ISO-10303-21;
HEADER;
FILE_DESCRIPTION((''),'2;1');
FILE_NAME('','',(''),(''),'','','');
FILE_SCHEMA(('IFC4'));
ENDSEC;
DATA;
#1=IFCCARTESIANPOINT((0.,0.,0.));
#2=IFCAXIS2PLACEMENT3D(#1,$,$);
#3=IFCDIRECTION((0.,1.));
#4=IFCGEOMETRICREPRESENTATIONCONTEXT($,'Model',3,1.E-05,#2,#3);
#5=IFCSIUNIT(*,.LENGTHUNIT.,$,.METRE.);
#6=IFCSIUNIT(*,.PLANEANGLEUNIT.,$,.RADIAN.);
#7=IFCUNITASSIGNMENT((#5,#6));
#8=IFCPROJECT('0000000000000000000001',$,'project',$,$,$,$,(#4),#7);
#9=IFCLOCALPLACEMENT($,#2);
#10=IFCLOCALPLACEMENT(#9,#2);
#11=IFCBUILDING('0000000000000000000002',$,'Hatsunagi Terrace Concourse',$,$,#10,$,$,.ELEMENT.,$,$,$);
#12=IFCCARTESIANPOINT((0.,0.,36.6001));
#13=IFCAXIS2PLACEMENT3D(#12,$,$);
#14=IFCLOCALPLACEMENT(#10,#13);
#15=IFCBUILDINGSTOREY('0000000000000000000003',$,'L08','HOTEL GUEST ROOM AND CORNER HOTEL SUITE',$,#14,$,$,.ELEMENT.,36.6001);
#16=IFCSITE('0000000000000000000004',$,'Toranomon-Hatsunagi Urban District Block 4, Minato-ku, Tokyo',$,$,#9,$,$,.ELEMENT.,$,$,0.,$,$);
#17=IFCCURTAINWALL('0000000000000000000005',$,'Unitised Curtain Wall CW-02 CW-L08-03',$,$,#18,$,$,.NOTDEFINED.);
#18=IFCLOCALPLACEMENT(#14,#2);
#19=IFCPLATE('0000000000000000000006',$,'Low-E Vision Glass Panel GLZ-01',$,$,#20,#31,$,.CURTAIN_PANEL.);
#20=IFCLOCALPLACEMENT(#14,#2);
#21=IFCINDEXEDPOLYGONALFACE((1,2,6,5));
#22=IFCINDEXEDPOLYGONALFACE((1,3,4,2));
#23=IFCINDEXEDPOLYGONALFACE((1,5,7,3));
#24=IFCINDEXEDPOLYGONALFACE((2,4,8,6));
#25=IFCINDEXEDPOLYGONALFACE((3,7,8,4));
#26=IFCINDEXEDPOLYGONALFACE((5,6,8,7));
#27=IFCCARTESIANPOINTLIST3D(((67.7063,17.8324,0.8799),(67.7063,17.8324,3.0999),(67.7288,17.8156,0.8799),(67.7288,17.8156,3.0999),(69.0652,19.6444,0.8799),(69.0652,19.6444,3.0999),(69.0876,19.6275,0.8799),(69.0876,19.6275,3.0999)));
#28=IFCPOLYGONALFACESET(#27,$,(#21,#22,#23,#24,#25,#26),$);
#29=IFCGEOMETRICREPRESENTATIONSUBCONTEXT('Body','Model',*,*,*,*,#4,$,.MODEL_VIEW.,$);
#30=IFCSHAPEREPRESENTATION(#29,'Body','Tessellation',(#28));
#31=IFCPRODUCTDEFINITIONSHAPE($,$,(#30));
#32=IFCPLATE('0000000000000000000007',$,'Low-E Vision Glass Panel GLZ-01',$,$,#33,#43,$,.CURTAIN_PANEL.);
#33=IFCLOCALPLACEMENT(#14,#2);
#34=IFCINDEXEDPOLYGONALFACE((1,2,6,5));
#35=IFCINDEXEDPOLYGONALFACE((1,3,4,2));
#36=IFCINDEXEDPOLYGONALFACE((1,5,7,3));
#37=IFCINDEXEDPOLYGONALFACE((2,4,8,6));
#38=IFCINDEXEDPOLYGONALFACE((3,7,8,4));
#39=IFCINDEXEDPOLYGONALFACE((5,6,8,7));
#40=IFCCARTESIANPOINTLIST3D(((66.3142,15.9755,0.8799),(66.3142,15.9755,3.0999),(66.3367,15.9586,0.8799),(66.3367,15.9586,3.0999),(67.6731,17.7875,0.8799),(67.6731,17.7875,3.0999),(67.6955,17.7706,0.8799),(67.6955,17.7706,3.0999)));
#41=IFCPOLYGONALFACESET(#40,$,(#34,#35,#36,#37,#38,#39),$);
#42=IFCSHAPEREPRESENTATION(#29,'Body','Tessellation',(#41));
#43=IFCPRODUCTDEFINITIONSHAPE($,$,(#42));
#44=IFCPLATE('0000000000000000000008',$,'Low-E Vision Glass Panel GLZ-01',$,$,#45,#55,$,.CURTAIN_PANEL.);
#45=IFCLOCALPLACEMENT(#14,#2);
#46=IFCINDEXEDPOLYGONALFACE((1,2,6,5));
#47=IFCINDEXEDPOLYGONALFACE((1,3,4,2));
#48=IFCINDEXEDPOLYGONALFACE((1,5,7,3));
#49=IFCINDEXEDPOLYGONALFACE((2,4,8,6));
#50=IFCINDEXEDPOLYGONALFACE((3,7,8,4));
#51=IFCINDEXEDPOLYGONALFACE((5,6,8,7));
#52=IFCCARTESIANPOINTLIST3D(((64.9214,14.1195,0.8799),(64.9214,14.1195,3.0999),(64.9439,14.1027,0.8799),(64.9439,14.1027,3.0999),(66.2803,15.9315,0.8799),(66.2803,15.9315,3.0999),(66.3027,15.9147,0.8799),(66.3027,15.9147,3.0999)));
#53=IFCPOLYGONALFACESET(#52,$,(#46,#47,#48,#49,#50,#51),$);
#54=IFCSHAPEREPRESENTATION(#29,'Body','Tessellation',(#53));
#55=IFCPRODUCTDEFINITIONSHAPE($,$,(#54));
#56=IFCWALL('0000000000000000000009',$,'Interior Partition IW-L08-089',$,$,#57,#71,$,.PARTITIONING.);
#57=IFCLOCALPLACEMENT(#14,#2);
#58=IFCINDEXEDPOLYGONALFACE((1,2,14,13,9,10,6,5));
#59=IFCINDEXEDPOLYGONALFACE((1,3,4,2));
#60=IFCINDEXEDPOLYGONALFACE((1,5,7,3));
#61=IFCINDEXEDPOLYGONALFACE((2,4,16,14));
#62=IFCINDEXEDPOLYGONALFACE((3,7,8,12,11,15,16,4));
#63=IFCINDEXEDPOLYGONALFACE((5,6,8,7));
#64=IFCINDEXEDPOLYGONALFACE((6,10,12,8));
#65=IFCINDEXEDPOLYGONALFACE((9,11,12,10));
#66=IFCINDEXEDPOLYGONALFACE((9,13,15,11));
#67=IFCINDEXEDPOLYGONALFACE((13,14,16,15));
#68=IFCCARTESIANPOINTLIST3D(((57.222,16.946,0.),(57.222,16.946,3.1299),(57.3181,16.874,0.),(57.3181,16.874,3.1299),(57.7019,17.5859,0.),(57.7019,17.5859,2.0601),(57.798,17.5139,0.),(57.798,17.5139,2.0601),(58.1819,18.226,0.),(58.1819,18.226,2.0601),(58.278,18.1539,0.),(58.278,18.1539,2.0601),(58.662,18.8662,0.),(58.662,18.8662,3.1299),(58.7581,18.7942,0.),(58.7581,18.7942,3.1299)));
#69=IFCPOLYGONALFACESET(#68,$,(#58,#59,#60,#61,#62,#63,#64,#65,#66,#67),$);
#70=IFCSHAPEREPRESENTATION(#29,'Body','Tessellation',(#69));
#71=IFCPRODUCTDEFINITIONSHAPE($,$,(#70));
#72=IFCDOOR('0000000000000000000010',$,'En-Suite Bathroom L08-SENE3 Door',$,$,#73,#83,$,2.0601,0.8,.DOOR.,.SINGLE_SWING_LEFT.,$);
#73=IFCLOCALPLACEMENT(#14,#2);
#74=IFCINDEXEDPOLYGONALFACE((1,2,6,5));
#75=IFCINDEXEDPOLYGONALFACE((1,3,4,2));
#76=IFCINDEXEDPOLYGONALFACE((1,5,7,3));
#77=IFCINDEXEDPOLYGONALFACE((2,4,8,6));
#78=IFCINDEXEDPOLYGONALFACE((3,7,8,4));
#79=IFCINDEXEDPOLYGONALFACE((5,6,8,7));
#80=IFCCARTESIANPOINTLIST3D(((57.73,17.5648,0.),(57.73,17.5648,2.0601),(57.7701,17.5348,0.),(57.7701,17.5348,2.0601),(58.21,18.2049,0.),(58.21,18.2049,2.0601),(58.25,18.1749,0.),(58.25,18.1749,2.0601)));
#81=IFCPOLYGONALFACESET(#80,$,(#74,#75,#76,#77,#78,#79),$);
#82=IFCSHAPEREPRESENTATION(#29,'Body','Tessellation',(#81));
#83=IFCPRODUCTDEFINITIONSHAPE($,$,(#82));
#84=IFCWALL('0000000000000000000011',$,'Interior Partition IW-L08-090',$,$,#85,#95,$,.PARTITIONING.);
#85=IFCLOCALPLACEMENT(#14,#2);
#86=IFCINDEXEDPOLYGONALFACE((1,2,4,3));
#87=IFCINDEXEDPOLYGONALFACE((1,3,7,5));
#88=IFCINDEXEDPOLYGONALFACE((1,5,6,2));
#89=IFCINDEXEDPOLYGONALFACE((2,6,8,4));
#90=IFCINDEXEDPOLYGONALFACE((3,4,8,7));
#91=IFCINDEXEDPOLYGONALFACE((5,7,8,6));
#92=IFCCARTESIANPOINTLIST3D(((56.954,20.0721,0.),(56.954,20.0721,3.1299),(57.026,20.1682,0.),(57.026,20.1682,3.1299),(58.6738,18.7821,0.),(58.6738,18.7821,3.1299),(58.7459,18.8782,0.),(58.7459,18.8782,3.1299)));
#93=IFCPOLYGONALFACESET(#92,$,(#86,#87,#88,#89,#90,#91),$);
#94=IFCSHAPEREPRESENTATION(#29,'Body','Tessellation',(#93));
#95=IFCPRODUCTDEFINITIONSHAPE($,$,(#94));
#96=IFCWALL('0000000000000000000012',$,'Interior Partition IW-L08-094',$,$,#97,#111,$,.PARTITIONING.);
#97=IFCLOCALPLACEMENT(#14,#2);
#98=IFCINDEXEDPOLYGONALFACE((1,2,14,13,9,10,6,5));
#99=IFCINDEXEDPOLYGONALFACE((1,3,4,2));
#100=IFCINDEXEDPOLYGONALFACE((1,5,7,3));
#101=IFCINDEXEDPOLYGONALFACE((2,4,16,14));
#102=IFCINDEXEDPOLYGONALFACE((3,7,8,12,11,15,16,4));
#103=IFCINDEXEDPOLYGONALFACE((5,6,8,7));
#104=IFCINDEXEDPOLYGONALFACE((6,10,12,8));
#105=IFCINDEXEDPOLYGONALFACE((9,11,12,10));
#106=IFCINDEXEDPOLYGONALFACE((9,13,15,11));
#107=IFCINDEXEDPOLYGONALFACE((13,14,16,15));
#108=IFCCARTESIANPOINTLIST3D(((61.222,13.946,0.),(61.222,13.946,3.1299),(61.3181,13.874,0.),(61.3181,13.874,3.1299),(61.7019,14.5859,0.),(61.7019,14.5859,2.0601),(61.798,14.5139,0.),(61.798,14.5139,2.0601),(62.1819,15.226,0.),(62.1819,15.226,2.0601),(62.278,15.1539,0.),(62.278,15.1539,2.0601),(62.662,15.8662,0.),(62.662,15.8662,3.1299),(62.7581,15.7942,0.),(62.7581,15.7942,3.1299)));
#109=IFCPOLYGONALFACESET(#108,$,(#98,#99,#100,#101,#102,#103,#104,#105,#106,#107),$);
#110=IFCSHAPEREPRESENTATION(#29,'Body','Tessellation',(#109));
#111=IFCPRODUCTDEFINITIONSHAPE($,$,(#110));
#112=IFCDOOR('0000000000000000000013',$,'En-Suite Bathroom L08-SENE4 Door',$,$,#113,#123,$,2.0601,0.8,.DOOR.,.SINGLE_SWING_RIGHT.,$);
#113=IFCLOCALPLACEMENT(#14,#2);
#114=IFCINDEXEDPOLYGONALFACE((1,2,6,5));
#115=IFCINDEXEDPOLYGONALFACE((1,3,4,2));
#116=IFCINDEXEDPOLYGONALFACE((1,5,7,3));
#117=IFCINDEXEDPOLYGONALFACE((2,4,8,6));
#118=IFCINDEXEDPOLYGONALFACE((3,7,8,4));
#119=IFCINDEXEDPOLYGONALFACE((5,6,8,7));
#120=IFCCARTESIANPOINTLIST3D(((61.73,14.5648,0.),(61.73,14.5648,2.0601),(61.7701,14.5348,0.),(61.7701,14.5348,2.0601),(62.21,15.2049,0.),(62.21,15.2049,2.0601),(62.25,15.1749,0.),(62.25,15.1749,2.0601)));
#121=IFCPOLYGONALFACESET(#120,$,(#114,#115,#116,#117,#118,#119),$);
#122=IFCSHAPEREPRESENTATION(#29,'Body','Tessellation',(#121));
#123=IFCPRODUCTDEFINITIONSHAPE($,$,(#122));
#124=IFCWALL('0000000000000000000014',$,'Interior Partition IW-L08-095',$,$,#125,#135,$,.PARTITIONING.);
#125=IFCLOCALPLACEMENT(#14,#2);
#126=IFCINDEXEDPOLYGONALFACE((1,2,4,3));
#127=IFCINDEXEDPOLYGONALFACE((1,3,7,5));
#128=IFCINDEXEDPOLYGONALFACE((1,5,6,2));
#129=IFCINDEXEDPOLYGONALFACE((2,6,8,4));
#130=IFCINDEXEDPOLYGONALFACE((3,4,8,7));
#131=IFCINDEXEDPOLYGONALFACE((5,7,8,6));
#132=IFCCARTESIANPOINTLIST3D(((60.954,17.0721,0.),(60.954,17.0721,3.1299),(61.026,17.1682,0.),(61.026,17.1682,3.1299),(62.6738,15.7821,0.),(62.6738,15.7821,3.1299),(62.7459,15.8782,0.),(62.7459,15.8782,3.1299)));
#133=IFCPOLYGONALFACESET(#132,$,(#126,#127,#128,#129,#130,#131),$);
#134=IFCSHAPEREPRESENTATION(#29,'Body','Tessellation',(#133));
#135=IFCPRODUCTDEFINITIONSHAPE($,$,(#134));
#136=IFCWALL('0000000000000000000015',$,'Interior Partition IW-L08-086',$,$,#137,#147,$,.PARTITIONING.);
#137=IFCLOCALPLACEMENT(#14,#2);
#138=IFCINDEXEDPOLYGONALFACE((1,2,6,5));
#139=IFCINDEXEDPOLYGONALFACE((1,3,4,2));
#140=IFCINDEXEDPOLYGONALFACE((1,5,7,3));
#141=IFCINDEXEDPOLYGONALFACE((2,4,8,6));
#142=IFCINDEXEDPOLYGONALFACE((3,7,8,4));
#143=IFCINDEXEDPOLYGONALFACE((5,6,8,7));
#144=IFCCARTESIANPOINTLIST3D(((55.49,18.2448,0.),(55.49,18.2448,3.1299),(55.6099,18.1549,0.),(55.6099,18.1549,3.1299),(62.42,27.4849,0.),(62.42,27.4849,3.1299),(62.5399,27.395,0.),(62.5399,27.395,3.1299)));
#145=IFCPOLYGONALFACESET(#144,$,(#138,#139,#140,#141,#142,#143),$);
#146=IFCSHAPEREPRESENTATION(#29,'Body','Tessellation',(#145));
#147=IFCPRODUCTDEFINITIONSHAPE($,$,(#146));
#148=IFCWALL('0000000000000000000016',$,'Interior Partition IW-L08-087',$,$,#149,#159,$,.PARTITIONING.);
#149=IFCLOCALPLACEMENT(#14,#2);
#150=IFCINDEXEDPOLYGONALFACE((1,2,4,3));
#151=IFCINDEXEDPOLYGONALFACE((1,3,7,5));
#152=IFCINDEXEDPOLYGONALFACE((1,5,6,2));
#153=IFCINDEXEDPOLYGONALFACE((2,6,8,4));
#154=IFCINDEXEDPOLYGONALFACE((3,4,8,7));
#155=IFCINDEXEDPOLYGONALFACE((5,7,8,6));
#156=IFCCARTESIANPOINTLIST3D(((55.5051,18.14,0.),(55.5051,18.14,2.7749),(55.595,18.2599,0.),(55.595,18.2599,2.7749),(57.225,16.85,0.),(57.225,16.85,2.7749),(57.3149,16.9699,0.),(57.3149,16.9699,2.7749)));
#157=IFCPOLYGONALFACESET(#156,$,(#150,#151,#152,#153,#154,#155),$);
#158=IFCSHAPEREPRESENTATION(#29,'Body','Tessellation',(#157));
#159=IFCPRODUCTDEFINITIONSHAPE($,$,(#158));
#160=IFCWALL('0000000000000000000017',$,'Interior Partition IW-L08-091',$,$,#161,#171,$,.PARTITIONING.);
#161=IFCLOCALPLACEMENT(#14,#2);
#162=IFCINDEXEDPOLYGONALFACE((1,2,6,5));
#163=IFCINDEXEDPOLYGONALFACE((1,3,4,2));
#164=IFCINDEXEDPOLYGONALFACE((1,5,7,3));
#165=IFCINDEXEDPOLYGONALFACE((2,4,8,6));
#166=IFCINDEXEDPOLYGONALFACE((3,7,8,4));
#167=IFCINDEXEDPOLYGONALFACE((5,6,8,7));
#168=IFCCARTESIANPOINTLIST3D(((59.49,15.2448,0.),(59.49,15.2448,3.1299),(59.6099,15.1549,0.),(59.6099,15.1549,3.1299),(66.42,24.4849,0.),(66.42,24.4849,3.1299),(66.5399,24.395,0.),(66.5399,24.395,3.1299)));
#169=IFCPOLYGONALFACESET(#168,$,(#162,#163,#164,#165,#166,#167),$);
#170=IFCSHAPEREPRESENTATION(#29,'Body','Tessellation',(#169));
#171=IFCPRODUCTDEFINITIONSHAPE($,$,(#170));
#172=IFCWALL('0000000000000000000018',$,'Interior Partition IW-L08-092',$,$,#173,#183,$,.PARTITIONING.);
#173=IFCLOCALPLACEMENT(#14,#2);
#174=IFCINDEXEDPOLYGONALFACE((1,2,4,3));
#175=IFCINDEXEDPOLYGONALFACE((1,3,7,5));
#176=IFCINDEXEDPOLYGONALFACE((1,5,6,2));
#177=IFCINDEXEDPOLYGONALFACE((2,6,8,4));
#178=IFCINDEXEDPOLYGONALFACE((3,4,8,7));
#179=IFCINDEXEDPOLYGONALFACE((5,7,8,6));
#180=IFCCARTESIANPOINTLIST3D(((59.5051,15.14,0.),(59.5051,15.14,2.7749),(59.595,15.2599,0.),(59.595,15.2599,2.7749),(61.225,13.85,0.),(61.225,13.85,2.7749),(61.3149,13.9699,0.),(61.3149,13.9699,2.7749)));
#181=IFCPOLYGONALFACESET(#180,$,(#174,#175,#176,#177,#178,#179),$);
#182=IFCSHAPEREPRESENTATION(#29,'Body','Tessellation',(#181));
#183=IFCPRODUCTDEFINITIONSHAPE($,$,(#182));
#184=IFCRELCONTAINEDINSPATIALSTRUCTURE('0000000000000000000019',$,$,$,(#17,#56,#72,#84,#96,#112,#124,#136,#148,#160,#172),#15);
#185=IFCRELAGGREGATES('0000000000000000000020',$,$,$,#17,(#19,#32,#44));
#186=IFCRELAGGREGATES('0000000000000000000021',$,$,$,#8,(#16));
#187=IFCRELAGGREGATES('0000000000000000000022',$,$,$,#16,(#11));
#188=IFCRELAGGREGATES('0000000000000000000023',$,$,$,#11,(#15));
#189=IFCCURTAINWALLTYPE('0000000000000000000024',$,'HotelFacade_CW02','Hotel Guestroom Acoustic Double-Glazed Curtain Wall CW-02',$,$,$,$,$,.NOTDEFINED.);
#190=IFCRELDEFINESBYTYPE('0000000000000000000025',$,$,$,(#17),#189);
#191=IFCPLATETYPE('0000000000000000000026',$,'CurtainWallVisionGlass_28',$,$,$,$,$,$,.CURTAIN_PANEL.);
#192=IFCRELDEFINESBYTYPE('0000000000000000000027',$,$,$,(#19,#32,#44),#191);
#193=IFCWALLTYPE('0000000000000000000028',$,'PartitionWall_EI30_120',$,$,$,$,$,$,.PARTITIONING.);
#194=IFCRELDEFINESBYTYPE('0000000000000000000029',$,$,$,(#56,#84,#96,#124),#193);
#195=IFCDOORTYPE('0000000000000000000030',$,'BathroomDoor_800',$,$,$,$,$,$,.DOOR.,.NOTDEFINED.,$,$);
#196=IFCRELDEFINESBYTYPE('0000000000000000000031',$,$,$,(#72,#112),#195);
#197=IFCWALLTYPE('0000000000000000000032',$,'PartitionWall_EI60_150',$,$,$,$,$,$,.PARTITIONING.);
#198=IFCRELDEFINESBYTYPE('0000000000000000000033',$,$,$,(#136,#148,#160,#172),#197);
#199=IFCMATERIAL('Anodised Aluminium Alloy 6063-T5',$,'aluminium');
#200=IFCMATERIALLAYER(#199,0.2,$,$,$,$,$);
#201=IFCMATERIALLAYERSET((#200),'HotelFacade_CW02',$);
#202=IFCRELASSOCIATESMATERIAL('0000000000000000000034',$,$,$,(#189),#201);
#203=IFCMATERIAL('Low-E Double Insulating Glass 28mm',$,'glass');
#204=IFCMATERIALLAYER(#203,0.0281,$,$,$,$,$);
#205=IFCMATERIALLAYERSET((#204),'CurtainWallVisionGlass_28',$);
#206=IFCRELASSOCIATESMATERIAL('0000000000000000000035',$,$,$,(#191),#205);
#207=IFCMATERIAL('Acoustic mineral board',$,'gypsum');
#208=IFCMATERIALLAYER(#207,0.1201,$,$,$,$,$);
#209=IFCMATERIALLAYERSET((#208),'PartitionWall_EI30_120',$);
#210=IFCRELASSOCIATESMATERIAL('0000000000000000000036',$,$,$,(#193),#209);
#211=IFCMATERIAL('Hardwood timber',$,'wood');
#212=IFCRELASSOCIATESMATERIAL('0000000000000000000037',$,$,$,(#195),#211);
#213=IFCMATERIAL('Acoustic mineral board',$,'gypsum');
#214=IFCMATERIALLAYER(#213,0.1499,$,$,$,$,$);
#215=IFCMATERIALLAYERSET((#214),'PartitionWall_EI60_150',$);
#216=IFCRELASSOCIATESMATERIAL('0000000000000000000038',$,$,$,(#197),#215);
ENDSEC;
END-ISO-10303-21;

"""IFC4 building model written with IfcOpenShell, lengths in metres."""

from ifc_helpers import new_model, si_unit, direction, frame, frame_2d, origin, origin_2d, place, context, subcontext, project, spatial, rectangle, extrude, material, layer, layer_set, type_object, element, fill, aggregate, save


model = new_model("IFC4")

# Units and contexts
model_context = context("Model", 3, precision=1e-05, world=origin(), true_north=direction((0.0, 1.0)))
body_context = subcontext(model_context, "Body", "Model", "MODEL_VIEW")
ifc_project = project(units=[si_unit("LENGTHUNIT", "METRE"), si_unit("PLANEANGLEUNIT", "RADIAN")], contexts=[model_context])

# Site, building, storey
site_placement = place(None, origin())
site = spatial("IfcSite", under=ifc_project, at=site_placement, Name="Toranomon-Hatsunagi Urban District Block 4, Minato-ku, Tokyo", CompositionType="ELEMENT", RefElevation=0.0)
building_placement = place(site_placement, origin())
building = spatial("IfcBuilding", under=site, at=building_placement, Name="Hatsunagi Terrace Concourse", CompositionType="ELEMENT")
storey_placement = place(building_placement, frame((0.0, 0.0, 36.6001)))
storey = spatial("IfcBuildingStorey", under=building, at=storey_placement, Name="L08", Description="HOTEL GUEST ROOM AND CORNER HOTEL SUITE", CompositionType="ELEMENT", Elevation=36.6001)

# Curtain wall, plates
ifc_material_1 = material(Name="Anodised Aluminium Alloy 6063-T5", Category="aluminium")
ifc_layer_1 = layer(ifc_material_1, 0.2)
ifc_layer_set_1 = layer_set([ifc_layer_1], Name="HotelFacade_CW02")
curtain_wall_type = type_object("IfcCurtainWallType", Name="HotelFacade_CW02", Description="Hotel Guestroom Acoustic Double-Glazed Curtain Wall CW-02", PredefinedType="NOTDEFINED", material=ifc_layer_set_1)
curtain_wall_placement = place(storey_placement, origin())
curtain_wall = element("IfcCurtainWall", 1, at=curtain_wall_placement, inside=storey, type_object=curtain_wall_type, Name="Unitised Curtain Wall CW-02 CW-L08-03", PredefinedType="NOTDEFINED")
ifc_material_2 = material(Name="Low-E Double Insulating Glass 28mm", Category="glass")
ifc_layer_2 = layer(ifc_material_2, 0.0281)
ifc_layer_set_2 = layer_set([ifc_layer_2], Name="CurtainWallVisionGlass_28")
plate_type_1 = type_object("IfcPlateType", Name="CurtainWallVisionGlass_28", PredefinedType="CURTAIN_PANEL", material=ifc_layer_set_2)
plate_1_placement = place(storey_placement, frame((68.397, 18.73, 0.8799), z_axis=(0.0, 0.0, 1.0), x_axis=(-0.599969, -0.800023, 0.0)))
plate_1 = element("IfcPlate", 2, at=plate_1_placement, type_object=plate_type_1, Name="Low-E Vision Glass Panel GLZ-01", PredefinedType="CURTAIN_PANEL", context=body_context, shape_type="SweptSolid", body=[
    extrude(rectangle(XDim=2.2649, YDim=0.0281, at=origin_2d()), origin(), (0.0, 0.0, 1.0), 2.22),
])
plate_2_placement = place(storey_placement, frame((67.0049, 16.873, 0.8799), z_axis=(0.0, 0.0, 1.0), x_axis=(-0.599969, -0.800023, 0.0)))
plate_2 = element("IfcPlate", 3, at=plate_2_placement, type_object=plate_type_1, Name="Low-E Vision Glass Panel GLZ-01", PredefinedType="CURTAIN_PANEL", context=body_context, shape_type="SweptSolid", body=[
    extrude(rectangle(XDim=2.2649, YDim=0.0281, at=origin_2d()), origin(), (0.0, 0.0, 1.0), 2.22),
])
plate_3_placement = place(storey_placement, frame((65.6121, 15.0171, 0.8799), z_axis=(0.0, 0.0, 1.0), x_axis=(-0.599969, -0.800023, 0.0)))
plate_3 = element("IfcPlate", 4, at=plate_3_placement, type_object=plate_type_1, Name="Low-E Vision Glass Panel GLZ-01", PredefinedType="CURTAIN_PANEL", context=body_context, shape_type="SweptSolid", body=[
    extrude(rectangle(XDim=2.2649, YDim=0.0281, at=origin_2d()), origin(), (0.0, 0.0, 1.0), 2.22),
])
aggregate(curtain_wall, [plate_1, plate_2, plate_3])

# Wall, opening, door
ifc_material_3 = material(Name="Acoustic mineral board", Category="gypsum")
ifc_layer_3 = layer(ifc_material_3, 0.1201)
ifc_layer_set_3 = layer_set([ifc_layer_3], Name="PartitionWall_EI30_120")
wall_type_1 = type_object("IfcWallType", Name="PartitionWall_EI30_120", PredefinedType="PARTITIONING", material=ifc_layer_set_3)
wall_1_placement = place(storey_placement, frame((57.27, 16.9099, 0.0), z_axis=(0.0, 0.0, 1.0), x_axis=(0.599951, 0.800037, 0.0)))
wall_1 = element("IfcWall", 5, at=wall_1_placement, inside=storey, type_object=wall_type_1, Name="Interior Partition IW-L08-089", PredefinedType="PARTITIONING", context=body_context, shape_type="SweptSolid", body=[
    extrude(rectangle(XDim=2.4001, YDim=0.1201, at=frame_2d((1.2002, 0.0))), origin(), (0.0, 0.0, 1.0), 3.1299),
])
opening_1_placement = place(wall_1_placement, frame((0.8, 0.0, 0.0)))
opening_1 = element("IfcOpeningElement", 6, at=opening_1_placement, cuts=wall_1, PredefinedType="OPENING", context=body_context, shape_type="SweptSolid", body=[
    extrude(rectangle(XDim=0.8, YDim=2.0601, at=frame_2d((0.3999, 1.03))), frame((0.0, 0.0701, 0.0), z_axis=(0.0, -1.0, 0.0), x_axis=(1.0, 0.0, 0.0)), (0.0, 0.0, 1.0), 0.1401),
])
ifc_material_4 = material(Name="Hardwood timber", Category="wood")
door_type_1 = type_object("IfcDoorType", Name="BathroomDoor_800", OperationType="NOTDEFINED", PredefinedType="DOOR", material=ifc_material_4)
door_1_placement = place(opening_1_placement, origin())
door_1 = element("IfcDoor", 7, at=door_1_placement, inside=storey, type_object=door_type_1, Name="En-Suite Bathroom L08-SENE3 Door", OperationType="SINGLE_SWING_LEFT", OverallHeight=2.0601, OverallWidth=0.8, PredefinedType="DOOR", context=body_context, shape_type="SweptSolid", body=[
    extrude(rectangle(XDim=0.8, YDim=2.0601, at=frame_2d((0.3999, 1.03))), frame((0.0, 0.0249, 0.0), z_axis=(0.0, -1.0, 0.0), x_axis=(1.0, 0.0, 0.0)), (0.0, 0.0, 1.0), 0.05),
])
fill(opening_1, door_1)

# Wall
wall_2_placement = place(storey_placement, frame((56.99, 20.1201, 0.0), z_axis=(0.0, 0.0, 1.0), x_axis=(0.799986, -0.600018, 0.0)))
element("IfcWall", 8, at=wall_2_placement, inside=storey, type_object=wall_type_1, Name="Interior Partition IW-L08-090", PredefinedType="PARTITIONING", context=body_context, shape_type="SweptSolid", body=[
    extrude(rectangle(XDim=2.1499, YDim=0.1201, at=frame_2d((1.075, 0.0))), origin(), (0.0, 0.0, 1.0), 3.1299),
])

# Wall, opening, door
wall_3_placement = place(storey_placement, frame((61.27, 13.9099, 0.0), z_axis=(0.0, 0.0, 1.0), x_axis=(0.599951, 0.800037, 0.0)))
wall_3 = element("IfcWall", 9, at=wall_3_placement, inside=storey, type_object=wall_type_1, Name="Interior Partition IW-L08-094", PredefinedType="PARTITIONING", context=body_context, shape_type="SweptSolid", body=[
    extrude(rectangle(XDim=2.4001, YDim=0.1201, at=frame_2d((1.2002, 0.0))), origin(), (0.0, 0.0, 1.0), 3.1299),
])
opening_2_placement = place(wall_3_placement, frame((0.8, 0.0, 0.0)))
opening_2 = element("IfcOpeningElement", 10, at=opening_2_placement, cuts=wall_3, PredefinedType="OPENING", context=body_context, shape_type="SweptSolid", body=[
    extrude(rectangle(XDim=0.8, YDim=2.0601, at=frame_2d((0.3999, 1.03))), frame((0.0, 0.0701, 0.0), z_axis=(0.0, -1.0, 0.0), x_axis=(1.0, 0.0, 0.0)), (0.0, 0.0, 1.0), 0.1401),
])
door_2_placement = place(opening_2_placement, origin())
door_2 = element("IfcDoor", 11, at=door_2_placement, inside=storey, type_object=door_type_1, Name="En-Suite Bathroom L08-SENE4 Door", OperationType="SINGLE_SWING_RIGHT", OverallHeight=2.0601, OverallWidth=0.8, PredefinedType="DOOR", context=body_context, shape_type="SweptSolid", body=[
    extrude(rectangle(XDim=0.8, YDim=2.0601, at=frame_2d((0.3999, 1.03))), frame((0.0, 0.0249, 0.0), z_axis=(0.0, -1.0, 0.0), x_axis=(1.0, 0.0, 0.0)), (0.0, 0.0, 1.0), 0.05),
])
fill(opening_2, door_2)

# Walls
wall_4_placement = place(storey_placement, frame((60.99, 17.1201, 0.0), z_axis=(0.0, 0.0, 1.0), x_axis=(0.799986, -0.600018, 0.0)))
element("IfcWall", 12, at=wall_4_placement, inside=storey, type_object=wall_type_1, Name="Interior Partition IW-L08-095", PredefinedType="PARTITIONING", context=body_context, shape_type="SweptSolid", body=[
    extrude(rectangle(XDim=2.1499, YDim=0.1201, at=frame_2d((1.075, 0.0))), origin(), (0.0, 0.0, 1.0), 3.1299),
])
ifc_material_5 = material(Name="Acoustic mineral board", Category="gypsum")
ifc_layer_4 = layer(ifc_material_5, 0.1499)
ifc_layer_set_4 = layer_set([ifc_layer_4], Name="PartitionWall_EI60_150")
wall_type_2 = type_object("IfcWallType", Name="PartitionWall_EI60_150", PredefinedType="PARTITIONING", material=ifc_layer_set_4)
wall_5_placement = place(storey_placement, frame((55.55, 18.2, 0.0), z_axis=(0.0, 0.0, 1.0), x_axis=(0.599997, 0.800003, 0.0)))
element("IfcWall", 13, at=wall_5_placement, inside=storey, type_object=wall_type_2, Name="Interior Partition IW-L08-086", PredefinedType="PARTITIONING", context=body_context, shape_type="SweptSolid", body=[
    extrude(rectangle(XDim=11.55, YDim=0.1499, at=frame_2d((5.7749, 0.0))), origin(), (0.0, 0.0, 1.0), 3.1299),
])
wall_6_placement = place(storey_placement, frame((55.55, 18.2, 0.0), z_axis=(0.0, 0.0, 1.0), x_axis=(0.799986, -0.600018, 0.0)))
element("IfcWall", 14, at=wall_6_placement, inside=storey, type_object=wall_type_2, Name="Interior Partition IW-L08-087", PredefinedType="PARTITIONING", context=body_context, shape_type="SweptSolid", body=[
    extrude(rectangle(XDim=2.1499, YDim=0.1499, at=frame_2d((1.075, 0.0))), origin(), (0.0, 0.0, 1.0), 2.7749),
])

# Walls
wall_7_placement = place(storey_placement, frame((59.55, 15.2, 0.0), z_axis=(0.0, 0.0, 1.0), x_axis=(0.599997, 0.800003, 0.0)))
element("IfcWall", 15, at=wall_7_placement, inside=storey, type_object=wall_type_2, Name="Interior Partition IW-L08-091", PredefinedType="PARTITIONING", context=body_context, shape_type="SweptSolid", body=[
    extrude(rectangle(XDim=11.55, YDim=0.1499, at=frame_2d((5.7749, 0.0))), origin(), (0.0, 0.0, 1.0), 3.1299),
])
wall_8_placement = place(storey_placement, frame((59.55, 15.2, 0.0), z_axis=(0.0, 0.0, 1.0), x_axis=(0.799986, -0.600018, 0.0)))
element("IfcWall", 16, at=wall_8_placement, inside=storey, type_object=wall_type_2, Name="Interior Partition IW-L08-092", PredefinedType="PARTITIONING", context=body_context, shape_type="SweptSolid", body=[
    extrude(rectangle(XDim=2.1499, YDim=0.1499, at=frame_2d((1.075, 0.0))), origin(), (0.0, 0.0, 1.0), 2.7749),
])

save(model, "model.ifc")
